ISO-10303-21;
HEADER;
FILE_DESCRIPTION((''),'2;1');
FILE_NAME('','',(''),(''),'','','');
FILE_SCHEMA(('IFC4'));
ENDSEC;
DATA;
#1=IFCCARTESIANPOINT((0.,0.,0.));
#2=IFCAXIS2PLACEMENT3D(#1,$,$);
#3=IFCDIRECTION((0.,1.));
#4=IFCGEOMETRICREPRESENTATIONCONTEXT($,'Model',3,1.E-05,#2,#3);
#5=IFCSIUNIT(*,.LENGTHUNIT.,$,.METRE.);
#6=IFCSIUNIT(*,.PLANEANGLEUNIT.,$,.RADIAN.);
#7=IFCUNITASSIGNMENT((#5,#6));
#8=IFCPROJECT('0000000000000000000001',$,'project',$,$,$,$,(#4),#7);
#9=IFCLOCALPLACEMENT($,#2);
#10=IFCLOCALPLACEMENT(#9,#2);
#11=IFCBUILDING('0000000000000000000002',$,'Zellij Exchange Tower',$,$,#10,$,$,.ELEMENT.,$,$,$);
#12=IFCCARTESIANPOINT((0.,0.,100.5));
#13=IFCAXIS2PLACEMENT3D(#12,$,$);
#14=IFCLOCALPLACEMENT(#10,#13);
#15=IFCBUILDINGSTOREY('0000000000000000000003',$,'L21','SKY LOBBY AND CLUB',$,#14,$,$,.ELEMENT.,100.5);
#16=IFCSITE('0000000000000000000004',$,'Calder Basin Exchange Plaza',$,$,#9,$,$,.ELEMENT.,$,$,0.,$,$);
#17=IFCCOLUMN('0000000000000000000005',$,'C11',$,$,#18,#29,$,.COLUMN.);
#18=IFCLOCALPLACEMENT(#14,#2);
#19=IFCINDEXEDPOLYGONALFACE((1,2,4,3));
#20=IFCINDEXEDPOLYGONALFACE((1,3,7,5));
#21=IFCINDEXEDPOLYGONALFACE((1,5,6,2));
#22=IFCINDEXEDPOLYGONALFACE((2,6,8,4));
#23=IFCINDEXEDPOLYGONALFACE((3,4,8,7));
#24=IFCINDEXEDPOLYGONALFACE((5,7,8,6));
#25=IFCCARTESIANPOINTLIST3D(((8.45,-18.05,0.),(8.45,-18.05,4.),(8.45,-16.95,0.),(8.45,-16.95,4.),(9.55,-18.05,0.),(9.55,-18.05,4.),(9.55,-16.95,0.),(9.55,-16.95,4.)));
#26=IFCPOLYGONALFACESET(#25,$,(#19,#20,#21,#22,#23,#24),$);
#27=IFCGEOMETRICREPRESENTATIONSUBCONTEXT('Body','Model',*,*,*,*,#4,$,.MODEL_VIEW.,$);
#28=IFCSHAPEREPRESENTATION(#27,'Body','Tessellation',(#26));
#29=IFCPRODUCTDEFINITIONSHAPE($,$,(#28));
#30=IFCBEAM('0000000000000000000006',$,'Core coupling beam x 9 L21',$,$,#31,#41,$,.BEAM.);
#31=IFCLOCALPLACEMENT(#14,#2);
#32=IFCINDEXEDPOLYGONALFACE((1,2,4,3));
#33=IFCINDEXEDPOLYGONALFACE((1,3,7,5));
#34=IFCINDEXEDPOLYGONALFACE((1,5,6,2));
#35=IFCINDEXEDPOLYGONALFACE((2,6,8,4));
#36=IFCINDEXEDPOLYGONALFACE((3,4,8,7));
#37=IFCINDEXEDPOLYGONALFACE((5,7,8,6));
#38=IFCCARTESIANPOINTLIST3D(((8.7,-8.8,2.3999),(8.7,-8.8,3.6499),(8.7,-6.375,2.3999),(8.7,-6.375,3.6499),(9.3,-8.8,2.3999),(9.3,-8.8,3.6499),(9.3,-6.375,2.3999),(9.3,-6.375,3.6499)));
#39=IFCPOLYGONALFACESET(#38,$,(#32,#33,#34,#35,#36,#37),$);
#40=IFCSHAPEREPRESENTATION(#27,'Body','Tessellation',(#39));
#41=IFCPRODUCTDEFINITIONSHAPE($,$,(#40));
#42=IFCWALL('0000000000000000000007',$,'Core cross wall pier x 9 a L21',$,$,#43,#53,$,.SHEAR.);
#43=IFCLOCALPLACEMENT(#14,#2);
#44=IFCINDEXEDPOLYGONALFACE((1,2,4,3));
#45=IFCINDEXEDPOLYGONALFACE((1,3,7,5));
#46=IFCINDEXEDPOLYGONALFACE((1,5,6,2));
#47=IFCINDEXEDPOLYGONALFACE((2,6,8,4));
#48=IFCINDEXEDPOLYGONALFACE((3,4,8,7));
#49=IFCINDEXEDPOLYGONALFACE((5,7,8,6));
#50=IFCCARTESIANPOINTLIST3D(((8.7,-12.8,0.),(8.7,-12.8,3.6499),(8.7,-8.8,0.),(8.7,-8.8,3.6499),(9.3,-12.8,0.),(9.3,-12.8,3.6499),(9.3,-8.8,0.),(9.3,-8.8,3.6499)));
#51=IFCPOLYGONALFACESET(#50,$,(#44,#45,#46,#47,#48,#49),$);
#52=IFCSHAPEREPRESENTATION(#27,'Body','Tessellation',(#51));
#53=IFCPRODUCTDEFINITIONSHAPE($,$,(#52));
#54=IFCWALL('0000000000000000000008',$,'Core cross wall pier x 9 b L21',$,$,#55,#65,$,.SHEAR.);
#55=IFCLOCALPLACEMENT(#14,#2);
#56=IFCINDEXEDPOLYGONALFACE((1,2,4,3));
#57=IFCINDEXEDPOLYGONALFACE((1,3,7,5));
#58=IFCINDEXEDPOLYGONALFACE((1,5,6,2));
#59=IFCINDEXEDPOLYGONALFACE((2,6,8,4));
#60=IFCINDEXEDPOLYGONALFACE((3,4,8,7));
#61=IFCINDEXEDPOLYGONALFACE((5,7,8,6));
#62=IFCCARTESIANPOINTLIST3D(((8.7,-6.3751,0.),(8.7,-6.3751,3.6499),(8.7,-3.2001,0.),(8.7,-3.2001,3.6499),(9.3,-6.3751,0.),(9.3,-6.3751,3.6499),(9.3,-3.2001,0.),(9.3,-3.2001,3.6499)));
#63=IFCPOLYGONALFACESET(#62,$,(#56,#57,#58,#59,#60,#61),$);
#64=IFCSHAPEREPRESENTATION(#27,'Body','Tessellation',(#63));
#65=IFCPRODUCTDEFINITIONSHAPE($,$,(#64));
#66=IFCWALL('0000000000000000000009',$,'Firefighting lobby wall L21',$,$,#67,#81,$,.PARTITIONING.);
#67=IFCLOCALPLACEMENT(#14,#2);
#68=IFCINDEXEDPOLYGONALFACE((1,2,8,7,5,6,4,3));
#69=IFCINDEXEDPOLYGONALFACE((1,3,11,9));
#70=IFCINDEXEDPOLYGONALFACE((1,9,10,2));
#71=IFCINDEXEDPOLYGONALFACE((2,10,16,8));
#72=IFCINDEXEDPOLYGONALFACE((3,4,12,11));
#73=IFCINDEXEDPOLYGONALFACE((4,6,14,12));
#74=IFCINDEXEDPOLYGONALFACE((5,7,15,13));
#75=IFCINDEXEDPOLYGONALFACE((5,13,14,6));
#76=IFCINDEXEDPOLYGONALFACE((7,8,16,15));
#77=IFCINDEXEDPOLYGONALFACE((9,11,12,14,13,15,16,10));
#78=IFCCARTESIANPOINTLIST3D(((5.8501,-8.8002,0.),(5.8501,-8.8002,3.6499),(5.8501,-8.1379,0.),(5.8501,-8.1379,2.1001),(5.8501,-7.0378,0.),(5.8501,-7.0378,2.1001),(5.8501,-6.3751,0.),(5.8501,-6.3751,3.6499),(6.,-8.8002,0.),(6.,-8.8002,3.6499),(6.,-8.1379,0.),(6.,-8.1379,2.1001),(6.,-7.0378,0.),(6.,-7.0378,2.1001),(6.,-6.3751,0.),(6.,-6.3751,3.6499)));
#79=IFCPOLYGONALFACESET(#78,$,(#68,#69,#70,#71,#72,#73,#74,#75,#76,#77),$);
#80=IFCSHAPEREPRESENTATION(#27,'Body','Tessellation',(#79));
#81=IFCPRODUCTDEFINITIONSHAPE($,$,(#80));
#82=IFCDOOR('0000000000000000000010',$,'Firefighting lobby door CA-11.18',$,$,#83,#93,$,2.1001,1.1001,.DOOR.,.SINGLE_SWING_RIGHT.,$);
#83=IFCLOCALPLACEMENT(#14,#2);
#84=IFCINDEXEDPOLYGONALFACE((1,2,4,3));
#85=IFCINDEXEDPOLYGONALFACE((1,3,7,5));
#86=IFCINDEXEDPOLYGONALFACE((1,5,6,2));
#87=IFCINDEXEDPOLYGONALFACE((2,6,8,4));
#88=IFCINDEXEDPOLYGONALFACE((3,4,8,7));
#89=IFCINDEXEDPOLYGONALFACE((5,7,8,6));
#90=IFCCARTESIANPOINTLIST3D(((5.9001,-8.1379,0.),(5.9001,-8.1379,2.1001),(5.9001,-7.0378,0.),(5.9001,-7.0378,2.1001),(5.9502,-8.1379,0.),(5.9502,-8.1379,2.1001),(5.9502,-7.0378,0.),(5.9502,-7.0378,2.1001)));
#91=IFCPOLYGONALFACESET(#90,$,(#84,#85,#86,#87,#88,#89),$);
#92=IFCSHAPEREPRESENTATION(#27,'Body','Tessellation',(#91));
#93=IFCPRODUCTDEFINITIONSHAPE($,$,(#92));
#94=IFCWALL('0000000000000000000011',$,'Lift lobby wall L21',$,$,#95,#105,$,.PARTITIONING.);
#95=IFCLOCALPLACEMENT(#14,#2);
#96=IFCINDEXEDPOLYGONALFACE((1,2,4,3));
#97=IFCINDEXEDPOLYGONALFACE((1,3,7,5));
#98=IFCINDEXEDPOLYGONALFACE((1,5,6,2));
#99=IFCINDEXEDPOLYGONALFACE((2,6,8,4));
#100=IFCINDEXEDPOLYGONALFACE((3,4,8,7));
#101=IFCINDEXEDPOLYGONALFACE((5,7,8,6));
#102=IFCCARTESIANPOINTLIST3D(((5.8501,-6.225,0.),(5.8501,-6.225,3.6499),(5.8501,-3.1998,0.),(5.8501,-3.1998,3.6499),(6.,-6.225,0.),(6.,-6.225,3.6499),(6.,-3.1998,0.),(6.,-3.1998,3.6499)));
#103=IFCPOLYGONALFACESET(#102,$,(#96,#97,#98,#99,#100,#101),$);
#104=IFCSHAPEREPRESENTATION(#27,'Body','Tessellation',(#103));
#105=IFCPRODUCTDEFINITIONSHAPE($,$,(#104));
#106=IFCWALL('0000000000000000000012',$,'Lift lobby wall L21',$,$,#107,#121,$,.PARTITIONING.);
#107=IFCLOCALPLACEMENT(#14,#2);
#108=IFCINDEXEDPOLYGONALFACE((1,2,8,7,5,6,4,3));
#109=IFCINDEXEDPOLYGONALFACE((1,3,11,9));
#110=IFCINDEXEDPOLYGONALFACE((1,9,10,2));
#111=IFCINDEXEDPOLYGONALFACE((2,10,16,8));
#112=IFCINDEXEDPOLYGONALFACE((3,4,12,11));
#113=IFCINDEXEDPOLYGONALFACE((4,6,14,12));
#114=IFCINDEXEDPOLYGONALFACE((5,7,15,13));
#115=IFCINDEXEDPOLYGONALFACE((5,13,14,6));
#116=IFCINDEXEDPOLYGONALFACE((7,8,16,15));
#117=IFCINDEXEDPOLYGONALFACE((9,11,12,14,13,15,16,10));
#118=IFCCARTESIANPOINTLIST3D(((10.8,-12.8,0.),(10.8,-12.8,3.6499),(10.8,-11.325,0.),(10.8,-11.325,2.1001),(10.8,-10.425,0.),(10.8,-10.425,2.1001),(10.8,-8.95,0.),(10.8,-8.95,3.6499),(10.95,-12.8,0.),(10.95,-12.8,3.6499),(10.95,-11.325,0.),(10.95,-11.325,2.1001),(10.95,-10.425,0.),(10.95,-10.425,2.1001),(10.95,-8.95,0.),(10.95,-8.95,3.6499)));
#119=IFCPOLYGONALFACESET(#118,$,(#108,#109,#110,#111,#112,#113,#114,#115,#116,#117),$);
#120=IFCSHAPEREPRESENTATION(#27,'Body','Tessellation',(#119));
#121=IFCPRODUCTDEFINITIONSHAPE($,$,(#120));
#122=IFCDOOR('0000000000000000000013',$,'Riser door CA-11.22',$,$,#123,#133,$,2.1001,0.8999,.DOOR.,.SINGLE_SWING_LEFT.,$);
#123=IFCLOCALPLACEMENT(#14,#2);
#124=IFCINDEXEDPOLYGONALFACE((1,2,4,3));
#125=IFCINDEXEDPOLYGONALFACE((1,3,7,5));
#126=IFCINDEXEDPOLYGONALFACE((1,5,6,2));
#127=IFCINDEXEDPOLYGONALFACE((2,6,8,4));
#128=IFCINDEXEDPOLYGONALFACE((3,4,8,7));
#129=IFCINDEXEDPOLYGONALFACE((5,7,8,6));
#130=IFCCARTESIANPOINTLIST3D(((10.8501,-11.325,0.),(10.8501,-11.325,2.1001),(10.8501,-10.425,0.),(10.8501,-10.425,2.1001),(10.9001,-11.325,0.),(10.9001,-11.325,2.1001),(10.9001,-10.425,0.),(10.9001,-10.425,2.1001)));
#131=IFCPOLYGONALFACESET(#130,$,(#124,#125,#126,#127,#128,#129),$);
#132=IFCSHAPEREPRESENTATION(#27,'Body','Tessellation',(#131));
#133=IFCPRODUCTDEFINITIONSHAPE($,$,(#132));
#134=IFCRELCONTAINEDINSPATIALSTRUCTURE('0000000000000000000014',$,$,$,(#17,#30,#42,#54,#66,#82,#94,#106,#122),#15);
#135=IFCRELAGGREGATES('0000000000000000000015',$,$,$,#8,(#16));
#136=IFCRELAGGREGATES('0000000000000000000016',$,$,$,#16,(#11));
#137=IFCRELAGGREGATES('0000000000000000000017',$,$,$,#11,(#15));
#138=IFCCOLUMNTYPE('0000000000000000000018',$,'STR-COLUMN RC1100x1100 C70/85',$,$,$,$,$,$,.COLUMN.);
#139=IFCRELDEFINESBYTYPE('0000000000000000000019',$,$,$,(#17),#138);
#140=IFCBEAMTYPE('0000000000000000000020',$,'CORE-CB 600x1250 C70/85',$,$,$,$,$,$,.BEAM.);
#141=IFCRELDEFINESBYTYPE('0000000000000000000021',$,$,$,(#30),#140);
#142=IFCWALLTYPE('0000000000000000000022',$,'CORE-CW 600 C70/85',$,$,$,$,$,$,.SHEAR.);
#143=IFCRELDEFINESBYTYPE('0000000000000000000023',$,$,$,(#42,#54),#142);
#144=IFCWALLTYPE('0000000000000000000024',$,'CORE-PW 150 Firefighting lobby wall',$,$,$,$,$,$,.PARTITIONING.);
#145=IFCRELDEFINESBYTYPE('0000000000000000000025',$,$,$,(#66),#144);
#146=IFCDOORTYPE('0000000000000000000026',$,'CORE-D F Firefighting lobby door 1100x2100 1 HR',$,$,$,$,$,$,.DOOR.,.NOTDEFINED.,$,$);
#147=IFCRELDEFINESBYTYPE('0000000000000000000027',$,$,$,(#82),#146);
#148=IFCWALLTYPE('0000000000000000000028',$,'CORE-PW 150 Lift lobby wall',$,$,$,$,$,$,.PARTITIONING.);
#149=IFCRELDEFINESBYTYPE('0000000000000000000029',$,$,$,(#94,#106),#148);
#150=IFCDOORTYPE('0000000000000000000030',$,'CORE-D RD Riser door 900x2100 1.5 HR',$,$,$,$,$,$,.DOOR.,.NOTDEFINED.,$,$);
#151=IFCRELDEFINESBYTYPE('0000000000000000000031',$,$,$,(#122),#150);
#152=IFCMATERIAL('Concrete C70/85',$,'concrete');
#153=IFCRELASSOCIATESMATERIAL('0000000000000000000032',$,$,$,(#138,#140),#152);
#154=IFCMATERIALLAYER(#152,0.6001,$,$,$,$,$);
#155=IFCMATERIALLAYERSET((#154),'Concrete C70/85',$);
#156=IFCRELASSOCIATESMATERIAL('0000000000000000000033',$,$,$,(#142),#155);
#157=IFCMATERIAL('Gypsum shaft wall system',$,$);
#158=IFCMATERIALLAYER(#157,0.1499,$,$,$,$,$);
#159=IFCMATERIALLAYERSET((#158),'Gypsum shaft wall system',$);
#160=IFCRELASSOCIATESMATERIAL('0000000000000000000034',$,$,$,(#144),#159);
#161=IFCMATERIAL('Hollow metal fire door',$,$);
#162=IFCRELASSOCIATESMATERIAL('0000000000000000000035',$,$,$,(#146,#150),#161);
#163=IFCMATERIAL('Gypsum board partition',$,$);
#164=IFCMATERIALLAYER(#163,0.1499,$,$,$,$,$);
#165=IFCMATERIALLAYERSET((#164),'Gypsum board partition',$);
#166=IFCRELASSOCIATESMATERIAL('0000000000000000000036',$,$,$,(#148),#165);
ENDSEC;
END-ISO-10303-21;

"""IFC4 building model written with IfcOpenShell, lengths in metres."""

from ifc_helpers import new_model, si_unit, direction, frame, frame_2d, origin, origin_2d, place, context, subcontext, project, spatial, rectangle, extrude, material, layer, layer_set, material_profile, profile_set, type_object, element, fill, save


model = new_model("IFC4")

# Units and contexts
model_context = context("Model", 3, precision=1e-05, world=origin(), true_north=direction((0.0, 1.0)))
body_context = subcontext(model_context, "Body", "Model", "MODEL_VIEW")
ifc_project = project(units=[si_unit("LENGTHUNIT", "METRE"), si_unit("PLANEANGLEUNIT", "RADIAN")], contexts=[model_context])

# Site, building, storey
site_placement = place(None, origin())
site = spatial("IfcSite", under=ifc_project, at=site_placement, Name="Calder Basin Exchange Plaza", CompositionType="ELEMENT", RefElevation=0.0)
building_placement = place(site_placement, origin())
building = spatial("IfcBuilding", under=site, at=building_placement, Name="Zellij Exchange Tower", CompositionType="ELEMENT")
storey_placement = place(building_placement, frame((0.0, 0.0, 100.5)))
storey = spatial("IfcBuildingStorey", under=building, at=storey_placement, Name="L21", Description="SKY LOBBY AND CLUB", CompositionType="ELEMENT", Elevation=100.5)

# Column
ifc_material_1 = material(Name="Concrete C70/85", Category="concrete")
ifc_material_profile_1 = material_profile(ifc_material_1, rectangle(XDim=1.1001, YDim=1.1001, at=origin_2d()), Name="STR-COLUMN RC1100x1100 C70/85")
ifc_profile_set_1 = profile_set([ifc_material_profile_1], Name="Concrete C70/85")
column_type = type_object("IfcColumnType", Name="STR-COLUMN RC1100x1100 C70/85", PredefinedType="COLUMN", material=ifc_profile_set_1)
column_placement = place(storey_placement, frame((9.0, -17.5, 0.0), z_axis=(0.0, 0.0, 1.0), x_axis=(1.0, 0.0, 0.0)))
element("IfcColumn", 1, at=column_placement, inside=storey, type_object=column_type, Name="C11", PredefinedType="COLUMN", context=body_context, shape_type="SweptSolid", body=[
    extrude(rectangle(XDim=1.1001, YDim=1.1001, at=origin_2d()), origin(), (0.0, 0.0, 1.0), 4.0),
])

# Beam
ifc_material_profile_2 = material_profile(ifc_material_1, rectangle(XDim=0.6001, YDim=1.25, at=origin_2d()), Name="CORE-CB 600x1250 C70/85")
ifc_profile_set_2 = profile_set([ifc_material_profile_2], Name="Concrete C70/85")
beam_type = type_object("IfcBeamType", Name="CORE-CB 600x1250 C70/85", PredefinedType="BEAM", material=ifc_profile_set_2)
beam_placement = place(storey_placement, frame((9.0, -8.8, 3.0249), z_axis=(0.0, 1.0, 0.0), x_axis=(-1.0, 0.0, 0.0)))
element("IfcBeam", 2, at=beam_placement, inside=storey, type_object=beam_type, Name="Core coupling beam x 9 L21", PredefinedType="BEAM", context=body_context, shape_type="SweptSolid", body=[
    extrude(rectangle(XDim=0.6001, YDim=1.25, at=origin_2d()), origin(), (0.0, 0.0, 1.0), 2.425),
])

# Walls
ifc_layer_1 = layer(ifc_material_1, 0.6001)
ifc_layer_set_1 = layer_set([ifc_layer_1], Name="Concrete C70/85")
wall_type_1 = type_object("IfcWallType", Name="CORE-CW 600 C70/85", PredefinedType="SHEAR", material=ifc_layer_set_1)
wall_1_placement = place(storey_placement, frame((9.0, -12.8, 0.0), z_axis=(0.0, 0.0, 1.0), x_axis=(0.0, 1.0, 0.0)))
element("IfcWall", 3, at=wall_1_placement, inside=storey, type_object=wall_type_1, Name="Core cross wall pier x 9 a L21", PredefinedType="SHEAR", context=body_context, shape_type="SweptSolid", body=[
    extrude(rectangle(XDim=4.0, YDim=0.6001, at=frame_2d((2.0, 0.0))), origin(), (0.0, 0.0, 1.0), 3.6499),
])
wall_2_placement = place(storey_placement, frame((9.0, -6.375, 0.0), z_axis=(0.0, 0.0, 1.0), x_axis=(0.0, 1.0, 0.0)))
element("IfcWall", 4, at=wall_2_placement, inside=storey, type_object=wall_type_1, Name="Core cross wall pier x 9 b L21", PredefinedType="SHEAR", context=body_context, shape_type="SweptSolid", body=[
    extrude(rectangle(XDim=3.175, YDim=0.6001, at=frame_2d((1.5874, 0.0))), origin(), (0.0, 0.0, 1.0), 3.6499),
])

# Wall, opening, door
ifc_material_2 = material(Name="Gypsum shaft wall system")
ifc_layer_2 = layer(ifc_material_2, 0.1499)
ifc_layer_set_2 = layer_set([ifc_layer_2], Name="Gypsum shaft wall system")
wall_type_2 = type_object("IfcWallType", Name="CORE-PW 150 Firefighting lobby wall", PredefinedType="PARTITIONING", material=ifc_layer_set_2)
wall_3_placement = place(storey_placement, frame((5.925, -8.8, 0.0), z_axis=(0.0, 0.0, 1.0), x_axis=(0.0, 1.0, 0.0)))
wall_3 = element("IfcWall", 5, at=wall_3_placement, inside=storey, type_object=wall_type_2, Name="Firefighting lobby wall L21", PredefinedType="PARTITIONING", context=body_context, shape_type="SweptSolid", body=[
    extrude(rectangle(XDim=2.425, YDim=0.1499, at=frame_2d((1.2124, 0.0))), origin(), (0.0, 0.0, 1.0), 3.6499),
])
opening_1_placement = place(wall_3_placement, frame((0.6621, 0.0, 0.0)))
opening_1 = element("IfcOpeningElement", 6, at=opening_1_placement, cuts=wall_3, PredefinedType="OPENING", context=body_context, shape_type="SweptSolid", body=[
    extrude(rectangle(XDim=1.1001, YDim=2.1001, at=frame_2d((0.55, 1.05))), frame((0.0, 0.0869, 0.0), z_axis=(0.0, -1.0, 0.0), x_axis=(1.0, 0.0, 0.0)), (0.0, 0.0, 1.0), 0.1738),
])
ifc_material_3 = material(Name="Hollow metal fire door")
door_type_1 = type_object("IfcDoorType", Name="CORE-D F Firefighting lobby door 1100x2100 1 HR", OperationType="NOTDEFINED", PredefinedType="DOOR", material=ifc_material_3)
door_1_placement = place(opening_1_placement, origin())
door_1 = element("IfcDoor", 7, at=door_1_placement, inside=storey, type_object=door_type_1, Name="Firefighting lobby door CA-11.18", OperationType="SINGLE_SWING_RIGHT", OverallHeight=2.1001, OverallWidth=1.1001, PredefinedType="DOOR", context=body_context, shape_type="SweptSolid", body=[
    extrude(rectangle(XDim=1.1001, YDim=2.1001, at=frame_2d((0.55, 1.05))), frame((0.0, 0.0249, 0.0), z_axis=(0.0, -1.0, 0.0), x_axis=(1.0, 0.0, 0.0)), (0.0, 0.0, 1.0), 0.05),
])
fill(opening_1, door_1)

# Wall
ifc_material_4 = material(Name="Gypsum board partition")
ifc_layer_3 = layer(ifc_material_4, 0.1499)
ifc_layer_set_3 = layer_set([ifc_layer_3], Name="Gypsum board partition")
wall_type_3 = type_object("IfcWallType", Name="CORE-PW 150 Lift lobby wall", PredefinedType="PARTITIONING", material=ifc_layer_set_3)
wall_4_placement = place(storey_placement, frame((5.925, -6.2251, 0.0), z_axis=(0.0, 0.0, 1.0), x_axis=(0.0, 1.0, 0.0)))
element("IfcWall", 8, at=wall_4_placement, inside=storey, type_object=wall_type_3, Name="Lift lobby wall L21", PredefinedType="PARTITIONING", context=body_context, shape_type="SweptSolid", body=[
    extrude(rectangle(XDim=3.0251, YDim=0.1499, at=frame_2d((1.5127, 0.0))), origin(), (0.0, 0.0, 1.0), 3.6499),
])

# Wall, opening, door
wall_5_placement = place(storey_placement, frame((10.875, -12.8, 0.0), z_axis=(0.0, 0.0, 1.0), x_axis=(0.0, 1.0, 0.0)))
wall_5 = element("IfcWall", 9, at=wall_5_placement, inside=storey, type_object=wall_type_3, Name="Lift lobby wall L21", PredefinedType="PARTITIONING", context=body_context, shape_type="SweptSolid", body=[
    extrude(rectangle(XDim=3.8501, YDim=0.1499, at=frame_2d((1.925, 0.0))), origin(), (0.0, 0.0, 1.0), 3.6499),
])
opening_2_placement = place(wall_5_placement, frame((1.4751, 0.0, 0.0)))
opening_2 = element("IfcOpeningElement", 10, at=opening_2_placement, cuts=wall_5, PredefinedType="OPENING", context=body_context, shape_type="SweptSolid", body=[
    extrude(rectangle(XDim=0.8999, YDim=2.1001, at=frame_2d((0.45, 1.05))), frame((0.0, 0.0869, 0.0), z_axis=(0.0, -1.0, 0.0), x_axis=(1.0, 0.0, 0.0)), (0.0, 0.0, 1.0), 0.1738),
])
door_type_2 = type_object("IfcDoorType", Name="CORE-D RD Riser door 900x2100 1.5 HR", OperationType="NOTDEFINED", PredefinedType="DOOR", material=ifc_material_3)
door_2_placement = place(opening_2_placement, origin())
door_2 = element("IfcDoor", 11, at=door_2_placement, inside=storey, type_object=door_type_2, Name="Riser door CA-11.22", OperationType="SINGLE_SWING_LEFT", OverallHeight=2.1001, OverallWidth=0.8999, PredefinedType="DOOR", context=body_context, shape_type="SweptSolid", body=[
    extrude(rectangle(XDim=0.8999, YDim=2.1001, at=frame_2d((0.45, 1.05))), frame((0.0, 0.0249, 0.0), z_axis=(0.0, -1.0, 0.0), x_axis=(1.0, 0.0, 0.0)), (0.0, 0.0, 1.0), 0.05),
])
fill(opening_2, door_2)

save(model, "model.ifc")
